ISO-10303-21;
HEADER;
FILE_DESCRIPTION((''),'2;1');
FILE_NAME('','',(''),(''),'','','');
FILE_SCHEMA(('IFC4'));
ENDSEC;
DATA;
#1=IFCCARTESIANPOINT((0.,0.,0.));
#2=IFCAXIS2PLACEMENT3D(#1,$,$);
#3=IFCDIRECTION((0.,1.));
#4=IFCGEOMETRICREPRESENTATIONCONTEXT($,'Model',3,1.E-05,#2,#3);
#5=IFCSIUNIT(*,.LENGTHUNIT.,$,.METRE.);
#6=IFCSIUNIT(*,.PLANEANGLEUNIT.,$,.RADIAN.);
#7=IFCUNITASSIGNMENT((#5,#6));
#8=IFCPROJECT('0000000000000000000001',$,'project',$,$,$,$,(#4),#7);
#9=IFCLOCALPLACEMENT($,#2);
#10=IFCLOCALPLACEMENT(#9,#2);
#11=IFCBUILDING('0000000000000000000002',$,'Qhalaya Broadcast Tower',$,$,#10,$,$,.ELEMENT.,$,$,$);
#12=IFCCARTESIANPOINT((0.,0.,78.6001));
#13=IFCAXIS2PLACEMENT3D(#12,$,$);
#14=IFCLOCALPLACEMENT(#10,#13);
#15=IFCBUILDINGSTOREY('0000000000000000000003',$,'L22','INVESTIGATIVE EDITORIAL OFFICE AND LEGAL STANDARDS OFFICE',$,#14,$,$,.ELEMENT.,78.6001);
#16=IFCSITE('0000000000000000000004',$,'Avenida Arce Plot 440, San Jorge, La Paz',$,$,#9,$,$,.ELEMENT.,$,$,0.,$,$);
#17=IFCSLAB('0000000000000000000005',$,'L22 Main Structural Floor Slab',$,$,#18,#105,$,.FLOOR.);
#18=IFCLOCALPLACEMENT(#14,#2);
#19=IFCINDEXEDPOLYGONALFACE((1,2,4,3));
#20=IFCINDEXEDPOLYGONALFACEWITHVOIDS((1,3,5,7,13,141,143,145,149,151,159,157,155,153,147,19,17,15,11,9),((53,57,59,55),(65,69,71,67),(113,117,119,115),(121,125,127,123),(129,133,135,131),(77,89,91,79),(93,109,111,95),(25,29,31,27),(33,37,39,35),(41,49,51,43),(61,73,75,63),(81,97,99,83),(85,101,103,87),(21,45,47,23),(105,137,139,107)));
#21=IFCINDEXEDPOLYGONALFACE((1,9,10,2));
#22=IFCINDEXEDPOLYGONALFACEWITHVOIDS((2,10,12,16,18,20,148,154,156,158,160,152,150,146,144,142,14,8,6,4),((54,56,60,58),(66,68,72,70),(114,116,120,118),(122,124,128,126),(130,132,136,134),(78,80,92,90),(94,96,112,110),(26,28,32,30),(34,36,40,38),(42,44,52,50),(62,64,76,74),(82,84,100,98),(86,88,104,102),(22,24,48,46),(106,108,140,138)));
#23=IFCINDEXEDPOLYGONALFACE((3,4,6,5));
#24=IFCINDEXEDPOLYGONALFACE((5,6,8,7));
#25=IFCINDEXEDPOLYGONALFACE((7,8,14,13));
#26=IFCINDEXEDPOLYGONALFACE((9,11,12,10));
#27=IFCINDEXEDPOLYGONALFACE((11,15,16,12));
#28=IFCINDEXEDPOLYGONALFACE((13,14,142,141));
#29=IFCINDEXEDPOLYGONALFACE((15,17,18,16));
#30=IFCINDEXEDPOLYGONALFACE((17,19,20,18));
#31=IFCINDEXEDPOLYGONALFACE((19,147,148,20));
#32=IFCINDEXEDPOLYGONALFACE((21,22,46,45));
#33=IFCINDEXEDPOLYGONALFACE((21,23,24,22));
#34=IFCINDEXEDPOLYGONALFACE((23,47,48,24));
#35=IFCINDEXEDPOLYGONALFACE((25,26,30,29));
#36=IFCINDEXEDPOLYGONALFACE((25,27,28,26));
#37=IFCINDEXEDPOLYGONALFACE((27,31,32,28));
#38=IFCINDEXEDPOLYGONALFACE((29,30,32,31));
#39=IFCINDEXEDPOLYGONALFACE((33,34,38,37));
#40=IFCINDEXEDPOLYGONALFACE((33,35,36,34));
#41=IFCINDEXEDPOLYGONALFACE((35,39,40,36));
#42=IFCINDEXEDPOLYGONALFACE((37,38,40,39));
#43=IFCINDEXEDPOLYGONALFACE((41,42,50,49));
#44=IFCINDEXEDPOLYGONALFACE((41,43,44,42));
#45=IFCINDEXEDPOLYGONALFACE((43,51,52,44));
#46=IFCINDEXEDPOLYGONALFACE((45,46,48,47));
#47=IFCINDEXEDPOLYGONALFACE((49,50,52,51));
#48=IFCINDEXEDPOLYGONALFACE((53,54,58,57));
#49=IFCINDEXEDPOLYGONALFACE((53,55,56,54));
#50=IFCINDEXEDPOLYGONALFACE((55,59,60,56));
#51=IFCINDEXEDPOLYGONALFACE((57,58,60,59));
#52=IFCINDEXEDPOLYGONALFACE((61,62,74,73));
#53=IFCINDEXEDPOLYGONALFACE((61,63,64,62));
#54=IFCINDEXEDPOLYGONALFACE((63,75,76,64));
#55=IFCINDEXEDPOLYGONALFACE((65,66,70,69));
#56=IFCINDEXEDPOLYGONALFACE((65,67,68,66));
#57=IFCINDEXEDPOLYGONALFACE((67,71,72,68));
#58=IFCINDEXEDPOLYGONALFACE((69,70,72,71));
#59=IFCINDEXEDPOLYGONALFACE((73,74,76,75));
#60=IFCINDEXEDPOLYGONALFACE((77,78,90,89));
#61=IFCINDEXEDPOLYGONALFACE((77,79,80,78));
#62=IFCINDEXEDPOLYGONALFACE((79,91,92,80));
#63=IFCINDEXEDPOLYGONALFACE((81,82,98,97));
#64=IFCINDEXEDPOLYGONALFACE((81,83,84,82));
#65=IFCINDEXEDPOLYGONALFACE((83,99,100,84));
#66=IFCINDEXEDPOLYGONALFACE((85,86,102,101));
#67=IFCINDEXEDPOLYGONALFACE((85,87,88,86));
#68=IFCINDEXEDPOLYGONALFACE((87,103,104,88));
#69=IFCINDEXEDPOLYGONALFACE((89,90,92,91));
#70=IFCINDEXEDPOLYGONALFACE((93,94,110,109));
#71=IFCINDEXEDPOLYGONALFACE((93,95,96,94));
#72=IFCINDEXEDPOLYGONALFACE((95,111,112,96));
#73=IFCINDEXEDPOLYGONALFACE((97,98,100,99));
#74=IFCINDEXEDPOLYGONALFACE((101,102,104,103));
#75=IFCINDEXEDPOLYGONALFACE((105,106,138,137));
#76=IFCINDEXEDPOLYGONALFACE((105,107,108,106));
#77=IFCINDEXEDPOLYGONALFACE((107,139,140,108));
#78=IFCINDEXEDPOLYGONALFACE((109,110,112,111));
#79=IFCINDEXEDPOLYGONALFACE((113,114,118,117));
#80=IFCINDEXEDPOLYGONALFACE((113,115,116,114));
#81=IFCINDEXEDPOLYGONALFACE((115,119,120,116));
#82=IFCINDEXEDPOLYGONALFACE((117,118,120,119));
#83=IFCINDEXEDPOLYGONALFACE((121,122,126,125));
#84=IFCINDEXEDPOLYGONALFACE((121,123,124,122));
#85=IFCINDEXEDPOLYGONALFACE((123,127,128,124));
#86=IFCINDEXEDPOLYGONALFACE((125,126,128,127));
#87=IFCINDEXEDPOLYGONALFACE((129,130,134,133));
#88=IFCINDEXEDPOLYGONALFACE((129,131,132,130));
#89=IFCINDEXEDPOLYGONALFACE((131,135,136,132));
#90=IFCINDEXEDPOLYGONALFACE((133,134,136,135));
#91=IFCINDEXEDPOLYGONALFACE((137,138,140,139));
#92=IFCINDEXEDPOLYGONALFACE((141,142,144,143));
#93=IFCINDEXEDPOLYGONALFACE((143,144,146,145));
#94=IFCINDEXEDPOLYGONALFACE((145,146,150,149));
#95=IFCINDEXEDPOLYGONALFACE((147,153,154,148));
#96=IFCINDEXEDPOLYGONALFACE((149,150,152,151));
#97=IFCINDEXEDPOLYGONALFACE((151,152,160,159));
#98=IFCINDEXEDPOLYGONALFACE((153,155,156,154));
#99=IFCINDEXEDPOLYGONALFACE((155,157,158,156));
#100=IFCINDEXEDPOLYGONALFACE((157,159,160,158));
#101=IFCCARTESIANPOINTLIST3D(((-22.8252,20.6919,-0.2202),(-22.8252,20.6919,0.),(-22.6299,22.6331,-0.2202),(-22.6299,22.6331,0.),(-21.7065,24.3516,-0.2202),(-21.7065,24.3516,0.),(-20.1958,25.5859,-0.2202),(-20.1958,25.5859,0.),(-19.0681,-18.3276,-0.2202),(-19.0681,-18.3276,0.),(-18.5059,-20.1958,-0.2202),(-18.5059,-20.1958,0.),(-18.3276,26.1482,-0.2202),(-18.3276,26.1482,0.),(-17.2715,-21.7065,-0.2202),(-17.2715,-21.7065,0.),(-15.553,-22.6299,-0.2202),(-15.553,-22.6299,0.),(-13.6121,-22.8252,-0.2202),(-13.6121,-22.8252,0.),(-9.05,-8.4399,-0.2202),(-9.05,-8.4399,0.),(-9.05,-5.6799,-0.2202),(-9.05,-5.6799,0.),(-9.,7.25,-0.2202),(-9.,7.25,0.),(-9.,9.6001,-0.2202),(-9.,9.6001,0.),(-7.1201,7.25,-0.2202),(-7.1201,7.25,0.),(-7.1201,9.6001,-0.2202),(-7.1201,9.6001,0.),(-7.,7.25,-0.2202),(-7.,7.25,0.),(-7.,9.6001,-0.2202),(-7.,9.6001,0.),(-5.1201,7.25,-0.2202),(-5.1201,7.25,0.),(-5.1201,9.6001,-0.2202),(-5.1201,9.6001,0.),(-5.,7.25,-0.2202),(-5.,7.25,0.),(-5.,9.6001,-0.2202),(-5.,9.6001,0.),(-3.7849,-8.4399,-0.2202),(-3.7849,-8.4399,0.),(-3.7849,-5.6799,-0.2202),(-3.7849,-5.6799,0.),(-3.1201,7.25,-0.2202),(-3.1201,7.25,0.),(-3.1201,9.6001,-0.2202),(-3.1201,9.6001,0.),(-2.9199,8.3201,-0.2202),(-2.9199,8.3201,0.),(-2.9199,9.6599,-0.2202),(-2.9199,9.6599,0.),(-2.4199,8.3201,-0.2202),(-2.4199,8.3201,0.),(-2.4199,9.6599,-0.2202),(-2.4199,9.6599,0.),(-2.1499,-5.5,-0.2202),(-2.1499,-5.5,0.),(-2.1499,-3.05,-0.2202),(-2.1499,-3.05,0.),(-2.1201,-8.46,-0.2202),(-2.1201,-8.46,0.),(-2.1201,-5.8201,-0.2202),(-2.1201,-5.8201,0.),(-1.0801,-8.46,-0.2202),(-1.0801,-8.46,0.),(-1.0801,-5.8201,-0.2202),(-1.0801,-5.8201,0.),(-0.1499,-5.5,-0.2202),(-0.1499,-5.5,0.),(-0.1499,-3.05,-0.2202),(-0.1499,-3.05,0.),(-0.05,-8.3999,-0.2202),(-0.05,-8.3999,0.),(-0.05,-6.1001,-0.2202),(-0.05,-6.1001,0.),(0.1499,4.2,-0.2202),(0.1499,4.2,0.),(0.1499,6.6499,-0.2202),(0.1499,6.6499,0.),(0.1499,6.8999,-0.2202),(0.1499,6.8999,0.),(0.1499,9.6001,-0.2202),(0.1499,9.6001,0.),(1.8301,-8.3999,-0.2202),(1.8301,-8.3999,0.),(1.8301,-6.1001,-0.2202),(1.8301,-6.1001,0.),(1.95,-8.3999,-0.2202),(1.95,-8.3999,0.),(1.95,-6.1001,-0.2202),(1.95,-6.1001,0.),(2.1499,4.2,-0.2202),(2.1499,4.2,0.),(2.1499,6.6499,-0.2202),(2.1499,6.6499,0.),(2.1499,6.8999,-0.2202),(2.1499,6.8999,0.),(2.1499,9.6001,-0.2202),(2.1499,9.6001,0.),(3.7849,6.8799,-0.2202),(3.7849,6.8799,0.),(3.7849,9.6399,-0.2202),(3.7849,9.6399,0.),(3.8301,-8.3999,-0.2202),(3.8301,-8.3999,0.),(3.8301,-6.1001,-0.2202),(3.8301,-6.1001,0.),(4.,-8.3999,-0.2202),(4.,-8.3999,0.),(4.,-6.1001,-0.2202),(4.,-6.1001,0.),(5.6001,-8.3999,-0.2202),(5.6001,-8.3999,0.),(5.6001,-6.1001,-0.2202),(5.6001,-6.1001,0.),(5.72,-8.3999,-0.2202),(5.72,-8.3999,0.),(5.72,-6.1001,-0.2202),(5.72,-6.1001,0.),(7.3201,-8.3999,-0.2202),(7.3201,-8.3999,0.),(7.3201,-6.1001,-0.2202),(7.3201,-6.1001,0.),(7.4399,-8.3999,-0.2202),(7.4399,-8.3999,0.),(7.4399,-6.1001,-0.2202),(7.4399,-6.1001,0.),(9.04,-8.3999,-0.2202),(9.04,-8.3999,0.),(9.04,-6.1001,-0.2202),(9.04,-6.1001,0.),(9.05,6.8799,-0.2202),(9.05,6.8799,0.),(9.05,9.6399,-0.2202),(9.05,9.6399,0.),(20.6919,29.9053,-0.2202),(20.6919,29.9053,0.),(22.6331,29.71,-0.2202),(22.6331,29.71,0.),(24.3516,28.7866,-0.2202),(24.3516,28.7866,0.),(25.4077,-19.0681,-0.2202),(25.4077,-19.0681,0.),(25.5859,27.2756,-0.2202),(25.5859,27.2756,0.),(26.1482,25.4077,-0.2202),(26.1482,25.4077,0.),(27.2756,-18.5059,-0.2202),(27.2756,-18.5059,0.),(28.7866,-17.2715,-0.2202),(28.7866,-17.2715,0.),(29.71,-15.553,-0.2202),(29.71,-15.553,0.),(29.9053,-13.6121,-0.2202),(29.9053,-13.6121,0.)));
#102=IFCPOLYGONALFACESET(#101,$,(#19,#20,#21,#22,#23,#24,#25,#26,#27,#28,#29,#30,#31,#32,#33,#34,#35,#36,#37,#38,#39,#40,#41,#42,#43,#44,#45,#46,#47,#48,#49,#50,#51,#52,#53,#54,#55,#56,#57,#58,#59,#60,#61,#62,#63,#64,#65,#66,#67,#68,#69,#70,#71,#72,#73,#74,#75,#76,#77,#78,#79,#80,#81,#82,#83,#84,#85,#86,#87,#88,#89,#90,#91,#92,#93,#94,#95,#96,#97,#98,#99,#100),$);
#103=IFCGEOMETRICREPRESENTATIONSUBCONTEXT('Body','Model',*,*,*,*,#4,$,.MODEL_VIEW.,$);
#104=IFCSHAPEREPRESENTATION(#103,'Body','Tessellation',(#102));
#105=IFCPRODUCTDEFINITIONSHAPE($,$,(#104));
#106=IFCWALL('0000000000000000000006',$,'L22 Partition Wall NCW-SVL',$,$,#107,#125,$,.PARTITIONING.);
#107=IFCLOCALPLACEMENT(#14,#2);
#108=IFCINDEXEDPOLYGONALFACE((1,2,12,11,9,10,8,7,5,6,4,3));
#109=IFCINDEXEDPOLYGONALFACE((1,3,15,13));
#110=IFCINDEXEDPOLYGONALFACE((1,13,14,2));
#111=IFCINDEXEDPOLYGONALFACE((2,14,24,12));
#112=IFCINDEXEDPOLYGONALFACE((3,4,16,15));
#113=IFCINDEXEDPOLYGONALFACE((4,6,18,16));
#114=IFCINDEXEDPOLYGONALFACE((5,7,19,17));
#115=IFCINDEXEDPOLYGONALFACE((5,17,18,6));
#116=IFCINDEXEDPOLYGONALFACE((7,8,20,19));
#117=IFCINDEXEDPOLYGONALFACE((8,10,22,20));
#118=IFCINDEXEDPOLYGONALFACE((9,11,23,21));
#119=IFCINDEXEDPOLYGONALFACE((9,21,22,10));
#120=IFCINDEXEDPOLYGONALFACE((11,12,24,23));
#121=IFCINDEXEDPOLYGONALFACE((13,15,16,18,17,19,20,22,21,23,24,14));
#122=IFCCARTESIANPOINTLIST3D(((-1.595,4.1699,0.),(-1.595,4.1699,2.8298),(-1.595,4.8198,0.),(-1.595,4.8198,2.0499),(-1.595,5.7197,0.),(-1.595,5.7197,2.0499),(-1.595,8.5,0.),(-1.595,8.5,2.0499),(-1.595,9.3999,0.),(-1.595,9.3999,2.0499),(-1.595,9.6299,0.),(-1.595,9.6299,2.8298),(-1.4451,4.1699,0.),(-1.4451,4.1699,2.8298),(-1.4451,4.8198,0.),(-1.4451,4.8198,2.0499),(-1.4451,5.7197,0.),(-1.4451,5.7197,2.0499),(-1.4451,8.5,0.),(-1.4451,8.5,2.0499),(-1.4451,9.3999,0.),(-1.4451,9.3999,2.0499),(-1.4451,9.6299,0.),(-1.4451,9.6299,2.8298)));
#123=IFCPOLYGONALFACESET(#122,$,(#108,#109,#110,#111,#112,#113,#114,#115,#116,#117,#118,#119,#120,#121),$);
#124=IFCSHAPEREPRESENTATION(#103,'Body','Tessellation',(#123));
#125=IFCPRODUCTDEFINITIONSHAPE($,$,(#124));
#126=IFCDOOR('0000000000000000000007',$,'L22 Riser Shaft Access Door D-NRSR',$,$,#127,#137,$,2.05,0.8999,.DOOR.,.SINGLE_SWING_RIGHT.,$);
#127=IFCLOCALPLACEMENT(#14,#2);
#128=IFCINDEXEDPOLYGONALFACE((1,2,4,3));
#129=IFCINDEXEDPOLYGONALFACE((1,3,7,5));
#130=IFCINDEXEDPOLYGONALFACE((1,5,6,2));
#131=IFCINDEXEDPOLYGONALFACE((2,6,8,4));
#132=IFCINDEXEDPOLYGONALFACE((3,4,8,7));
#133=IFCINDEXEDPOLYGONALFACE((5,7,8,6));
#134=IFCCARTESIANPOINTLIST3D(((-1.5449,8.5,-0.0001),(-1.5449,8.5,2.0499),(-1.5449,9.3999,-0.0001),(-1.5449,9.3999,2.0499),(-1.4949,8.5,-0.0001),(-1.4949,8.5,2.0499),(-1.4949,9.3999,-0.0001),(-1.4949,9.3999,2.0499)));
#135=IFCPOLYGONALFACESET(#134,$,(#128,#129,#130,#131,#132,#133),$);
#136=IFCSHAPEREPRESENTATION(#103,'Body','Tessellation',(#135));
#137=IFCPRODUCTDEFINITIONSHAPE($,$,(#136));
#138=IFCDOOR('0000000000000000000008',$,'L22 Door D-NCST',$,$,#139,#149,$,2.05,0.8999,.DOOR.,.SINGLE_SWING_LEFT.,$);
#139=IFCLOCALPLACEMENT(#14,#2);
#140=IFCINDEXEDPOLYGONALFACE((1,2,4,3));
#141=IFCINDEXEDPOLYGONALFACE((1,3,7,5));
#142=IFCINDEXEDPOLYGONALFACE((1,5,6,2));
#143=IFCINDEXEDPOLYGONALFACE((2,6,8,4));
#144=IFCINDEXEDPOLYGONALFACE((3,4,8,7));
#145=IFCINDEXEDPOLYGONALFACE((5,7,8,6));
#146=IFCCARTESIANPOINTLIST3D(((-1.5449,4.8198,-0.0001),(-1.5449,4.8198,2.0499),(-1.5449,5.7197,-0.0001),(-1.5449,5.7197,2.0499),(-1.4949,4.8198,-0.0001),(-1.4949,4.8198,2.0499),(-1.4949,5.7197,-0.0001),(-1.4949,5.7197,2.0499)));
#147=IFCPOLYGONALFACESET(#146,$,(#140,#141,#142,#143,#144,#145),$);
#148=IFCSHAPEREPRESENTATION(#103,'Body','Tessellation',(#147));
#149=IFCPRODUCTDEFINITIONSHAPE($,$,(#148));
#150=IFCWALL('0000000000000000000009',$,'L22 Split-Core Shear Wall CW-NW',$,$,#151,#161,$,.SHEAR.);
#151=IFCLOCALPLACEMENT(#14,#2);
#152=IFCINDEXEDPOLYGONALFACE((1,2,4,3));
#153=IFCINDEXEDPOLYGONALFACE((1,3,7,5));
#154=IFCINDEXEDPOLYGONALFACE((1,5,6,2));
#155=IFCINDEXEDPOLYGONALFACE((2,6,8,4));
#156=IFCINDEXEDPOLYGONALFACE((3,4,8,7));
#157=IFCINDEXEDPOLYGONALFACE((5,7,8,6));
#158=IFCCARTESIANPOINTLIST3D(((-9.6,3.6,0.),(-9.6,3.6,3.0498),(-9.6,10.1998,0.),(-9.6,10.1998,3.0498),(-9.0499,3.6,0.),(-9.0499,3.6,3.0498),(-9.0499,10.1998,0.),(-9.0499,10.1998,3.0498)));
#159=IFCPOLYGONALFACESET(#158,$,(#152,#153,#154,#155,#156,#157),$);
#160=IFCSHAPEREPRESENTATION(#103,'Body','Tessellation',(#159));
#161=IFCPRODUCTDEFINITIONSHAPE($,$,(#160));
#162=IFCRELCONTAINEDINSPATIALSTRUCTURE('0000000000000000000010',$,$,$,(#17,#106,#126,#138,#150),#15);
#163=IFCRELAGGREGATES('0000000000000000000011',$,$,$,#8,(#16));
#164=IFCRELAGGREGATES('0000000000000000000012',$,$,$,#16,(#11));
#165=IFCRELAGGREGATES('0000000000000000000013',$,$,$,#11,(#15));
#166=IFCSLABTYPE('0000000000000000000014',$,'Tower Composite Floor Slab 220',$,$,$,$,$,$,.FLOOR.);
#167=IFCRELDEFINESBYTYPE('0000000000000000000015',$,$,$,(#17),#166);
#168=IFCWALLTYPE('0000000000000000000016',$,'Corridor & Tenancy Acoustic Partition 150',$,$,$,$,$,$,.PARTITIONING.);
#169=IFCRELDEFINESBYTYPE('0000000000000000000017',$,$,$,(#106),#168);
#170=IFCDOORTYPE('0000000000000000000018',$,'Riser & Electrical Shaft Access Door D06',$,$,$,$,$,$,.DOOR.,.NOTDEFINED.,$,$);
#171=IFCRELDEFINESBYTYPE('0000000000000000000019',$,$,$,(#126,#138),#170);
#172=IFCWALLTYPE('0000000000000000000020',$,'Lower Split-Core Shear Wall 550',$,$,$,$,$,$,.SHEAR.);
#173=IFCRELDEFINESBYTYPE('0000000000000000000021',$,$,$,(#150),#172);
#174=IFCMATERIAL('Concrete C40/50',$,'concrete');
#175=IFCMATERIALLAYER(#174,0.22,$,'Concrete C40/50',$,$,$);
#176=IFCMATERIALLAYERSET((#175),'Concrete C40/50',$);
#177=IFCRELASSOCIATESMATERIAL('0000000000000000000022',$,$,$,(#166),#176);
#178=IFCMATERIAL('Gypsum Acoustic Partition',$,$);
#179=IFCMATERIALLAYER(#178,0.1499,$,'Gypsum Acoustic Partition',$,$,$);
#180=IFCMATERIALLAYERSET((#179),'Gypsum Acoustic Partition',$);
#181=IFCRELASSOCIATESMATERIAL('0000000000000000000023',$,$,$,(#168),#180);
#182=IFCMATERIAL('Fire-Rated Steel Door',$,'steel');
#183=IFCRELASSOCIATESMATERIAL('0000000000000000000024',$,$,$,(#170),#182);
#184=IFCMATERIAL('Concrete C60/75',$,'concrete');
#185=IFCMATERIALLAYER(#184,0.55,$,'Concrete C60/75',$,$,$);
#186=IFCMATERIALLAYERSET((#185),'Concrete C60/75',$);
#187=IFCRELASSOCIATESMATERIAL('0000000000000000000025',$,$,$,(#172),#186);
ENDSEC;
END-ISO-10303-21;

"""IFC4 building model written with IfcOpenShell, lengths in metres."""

from ifc_helpers import new_model, si_unit, direction, frame, frame_2d, origin, place, context, subcontext, project, spatial, polyline, rectangle, outline, extrude, material, layer, layer_set, type_object, element, fill, save


model = new_model("IFC4")

# Units and contexts
model_context = context("Model", 3, precision=1e-05, world=origin(), true_north=direction((0.0, 1.0)))
body_context = subcontext(model_context, "Body", "Model", "MODEL_VIEW")
ifc_project = project(units=[si_unit("LENGTHUNIT", "METRE"), si_unit("PLANEANGLEUNIT", "RADIAN")], contexts=[model_context])

# Site, building, storey
site_placement = place(None, origin())
site = spatial("IfcSite", under=ifc_project, at=site_placement, Name="Avenida Arce Plot 440, San Jorge, La Paz", CompositionType="ELEMENT", RefElevation=0.0)
building_placement = place(site_placement, origin())
building = spatial("IfcBuilding", under=site, at=building_placement, Name="Qhalaya Broadcast Tower", CompositionType="ELEMENT")
storey_placement = place(building_placement, frame((0.0, 0.0, 78.6001)))
storey = spatial("IfcBuildingStorey", under=building, at=storey_placement, Name="L22", Description="INVESTIGATIVE EDITORIAL OFFICE AND LEGAL STANDARDS OFFICE", CompositionType="ELEMENT", Elevation=78.6001)

# Shared definitions
ifc_material_1 = material(Name="Concrete C40/50", Category="concrete")

# Slab
ifc_layer_1 = layer(ifc_material_1, 0.22, Name="Concrete C40/50")
ifc_layer_set_1 = layer_set([ifc_layer_1], Name="Concrete C40/50")
slab_type_1 = type_object("IfcSlabType", Name="Tower Composite Floor Slab 220", PredefinedType="FLOOR", material=ifc_layer_set_1)
slab_1_placement = place(storey_placement, frame((0.0, 0.0, -0.2202)))
element("IfcSlab", 1, at=slab_1_placement, inside=storey, type_object=slab_type_1, Name="L22 Main Structural Floor Slab", PredefinedType="FLOOR", context=body_context, shape_type="SweptSolid", body=[
    extrude(outline(polyline([(25.4077, -19.0681), (27.2756, -18.5059), (28.7866, -17.2715), (29.71, -15.553), (29.9053, -13.6121), (26.1482, 25.4077), (25.5859, 27.2756), (24.3516, 28.7866), (22.6331, 29.71), (20.6919, 29.9053), (-18.3276, 26.1482), (-20.1958, 25.5859), (-21.7065, 24.3516), (-22.6299, 22.6331), (-22.8252, 20.6919), (-19.0681, -18.3276), (-18.5059, -20.1958), (-17.2715, -21.7065), (-15.553, -22.6299), (-13.6121, -22.8252), (25.4077, -19.0681)]), holes=[polyline([(3.7849, 9.6399), (9.05, 9.6399), (9.05, 6.8799), (3.7849, 6.8799), (3.7849, 9.6399)]), polyline([(-3.7849, -8.4399), (-9.05, -8.4399), (-9.05, -5.6799), (-3.7849, -5.6799), (-3.7849, -8.4399)]), polyline([(0.1499, 6.6499), (2.1499, 6.6499), (2.1499, 4.2), (0.1499, 4.2), (0.1499, 6.6499)]), polyline([(0.1499, 9.6001), (2.1499, 9.6001), (2.1499, 6.8999), (0.1499, 6.8999), (0.1499, 9.6001)]), polyline([(-2.1499, -3.05), (-0.1499, -3.05), (-0.1499, -5.5), (-2.1499, -5.5), (-2.1499, -3.05)]), polyline([(-9.0, 9.6001), (-7.1201, 9.6001), (-7.1201, 7.25), (-9.0, 7.25), (-9.0, 9.6001)]), polyline([(-7.0, 9.6001), (-5.1201, 9.6001), (-5.1201, 7.25), (-7.0, 7.25), (-7.0, 9.6001)]), polyline([(-5.0, 9.6001), (-3.1201, 9.6001), (-3.1201, 7.25), (-5.0, 7.25), (-5.0, 9.6001)]), polyline([(-0.05, -6.1001), (1.8301, -6.1001), (1.8301, -8.3999), (-0.05, -8.3999), (-0.05, -6.1001)]), polyline([(1.95, -6.1001), (3.8301, -6.1001), (3.8301, -8.3999), (1.95, -8.3999), (1.95, -6.1001)]), polyline([(4.0, -6.1001), (5.6001, -6.1001), (5.6001, -8.3999), (4.0, -8.3999), (4.0, -6.1001)]), polyline([(5.72, -6.1001), (7.3201, -6.1001), (7.3201, -8.3999), (5.72, -8.3999), (5.72, -6.1001)]), polyline([(7.4399, -6.1001), (9.04, -6.1001), (9.04, -8.3999), (7.4399, -8.3999), (7.4399, -6.1001)]), polyline([(-2.9199, 9.6599), (-2.4199, 9.6599), (-2.4199, 8.3201), (-2.9199, 8.3201), (-2.9199, 9.6599)]), polyline([(-2.1201, -5.8201), (-1.0801, -5.8201), (-1.0801, -8.46), (-2.1201, -8.46), (-2.1201, -5.8201)])]), origin(), (0.0, 0.0, 1.0), 0.2202),
])

# Wall, openings, doors
ifc_material_2 = material(Name="Gypsum Acoustic Partition")
ifc_layer_2 = layer(ifc_material_2, 0.1499, Name="Gypsum Acoustic Partition")
ifc_layer_set_2 = layer_set([ifc_layer_2], Name="Gypsum Acoustic Partition")
wall_type_1 = type_object("IfcWallType", Name="Corridor & Tenancy Acoustic Partition 150", PredefinedType="PARTITIONING", material=ifc_layer_set_2)
wall_1_placement = place(storey_placement, frame((-1.52, 4.1699, 0.0), z_axis=(0.0, 0.0, 1.0), x_axis=(0.0, 1.0, 0.0)))
wall_1 = element("IfcWall", 2, at=wall_1_placement, inside=storey, type_object=wall_type_1, Name="L22 Partition Wall NCW-SVL", PredefinedType="PARTITIONING", context=body_context, shape_type="SweptSolid", body=[
    extrude(rectangle(XDim=5.46, YDim=0.1499, at=frame_2d((2.73, 0.0))), origin(), (0.0, 0.0, 1.0), 2.8298),
])
opening_1_placement = place(wall_1_placement, frame((4.3301, 0.0, 0.0)))
opening_1 = element("IfcOpeningElement", 3, at=opening_1_placement, cuts=wall_1, PredefinedType="OPENING", context=body_context, shape_type="SweptSolid", body=[
    extrude(rectangle(XDim=0.8999, YDim=2.05, at=frame_2d((0.45, 1.0249))), frame((0.0, 0.0869, 0.0), z_axis=(0.0, -1.0, 0.0), x_axis=(1.0, 0.0, 0.0)), (0.0, 0.0, 1.0), 0.1738),
])
opening_2_placement = place(wall_1_placement, frame((0.6499, 0.0, 0.0)))
opening_2 = element("IfcOpeningElement", 4, at=opening_2_placement, cuts=wall_1, PredefinedType="OPENING", context=body_context, shape_type="SweptSolid", body=[
    extrude(rectangle(XDim=0.8999, YDim=2.05, at=frame_2d((0.45, 1.0249))), frame((0.0, 0.0869, 0.0), z_axis=(0.0, -1.0, 0.0), x_axis=(1.0, 0.0, 0.0)), (0.0, 0.0, 1.0), 0.1738),
])
ifc_material_3 = material(Name="Fire-Rated Steel Door", Category="steel")
door_type_1 = type_object("IfcDoorType", Name="Riser & Electrical Shaft Access Door D06", OperationType="NOTDEFINED", PredefinedType="DOOR", material=ifc_material_3)
door_1_placement = place(opening_1_placement, origin())
door_1 = element("IfcDoor", 5, at=door_1_placement, inside=storey, type_object=door_type_1, Name="L22 Riser Shaft Access Door D-NRSR", OperationType="SINGLE_SWING_RIGHT", OverallHeight=2.05, OverallWidth=0.8999, PredefinedType="DOOR", context=body_context, shape_type="SweptSolid", body=[
    extrude(rectangle(XDim=0.8999, YDim=2.05, at=frame_2d((0.45, 1.0249))), frame((0.0, 0.0249, 0.0), z_axis=(0.0, -1.0, 0.0), x_axis=(1.0, 0.0, 0.0)), (0.0, 0.0, 1.0), 0.05),
])
fill(opening_1, door_1)
door_2_placement = place(opening_2_placement, origin())
door_2 = element("IfcDoor", 6, at=door_2_placement, inside=storey, type_object=door_type_1, Name="L22 Door D-NCST", OperationType="SINGLE_SWING_LEFT", OverallHeight=2.05, OverallWidth=0.8999, PredefinedType="DOOR", context=body_context, shape_type="SweptSolid", body=[
    extrude(rectangle(XDim=0.8999, YDim=2.05, at=frame_2d((0.45, 1.0249))), frame((0.0, 0.0249, 0.0), z_axis=(0.0, -1.0, 0.0), x_axis=(1.0, 0.0, 0.0)), (0.0, 0.0, 1.0), 0.05),
])
fill(opening_2, door_2)

# Wall
ifc_material_4 = material(Name="Concrete C60/75", Category="concrete")
ifc_layer_3 = layer(ifc_material_4, 0.55, Name="Concrete C60/75")
ifc_layer_set_3 = layer_set([ifc_layer_3], Name="Concrete C60/75")
wall_type_2 = type_object("IfcWallType", Name="Lower Split-Core Shear Wall 550", PredefinedType="SHEAR", material=ifc_layer_set_3)
wall_2_placement = place(storey_placement, frame((-9.325, 3.6001, 0.0), z_axis=(0.0, 0.0, 1.0), x_axis=(0.0, 1.0, 0.0)))
element("IfcWall", 7, at=wall_2_placement, inside=storey, type_object=wall_type_2, Name="L22 Split-Core Shear Wall CW-NW", PredefinedType="SHEAR", context=body_context, shape_type="SweptSolid", body=[
    extrude(rectangle(XDim=6.5999, YDim=0.55, at=frame_2d((3.2998, 0.0))), origin(), (0.0, 0.0, 1.0), 3.0498),
])

save(model, "model.ifc")
